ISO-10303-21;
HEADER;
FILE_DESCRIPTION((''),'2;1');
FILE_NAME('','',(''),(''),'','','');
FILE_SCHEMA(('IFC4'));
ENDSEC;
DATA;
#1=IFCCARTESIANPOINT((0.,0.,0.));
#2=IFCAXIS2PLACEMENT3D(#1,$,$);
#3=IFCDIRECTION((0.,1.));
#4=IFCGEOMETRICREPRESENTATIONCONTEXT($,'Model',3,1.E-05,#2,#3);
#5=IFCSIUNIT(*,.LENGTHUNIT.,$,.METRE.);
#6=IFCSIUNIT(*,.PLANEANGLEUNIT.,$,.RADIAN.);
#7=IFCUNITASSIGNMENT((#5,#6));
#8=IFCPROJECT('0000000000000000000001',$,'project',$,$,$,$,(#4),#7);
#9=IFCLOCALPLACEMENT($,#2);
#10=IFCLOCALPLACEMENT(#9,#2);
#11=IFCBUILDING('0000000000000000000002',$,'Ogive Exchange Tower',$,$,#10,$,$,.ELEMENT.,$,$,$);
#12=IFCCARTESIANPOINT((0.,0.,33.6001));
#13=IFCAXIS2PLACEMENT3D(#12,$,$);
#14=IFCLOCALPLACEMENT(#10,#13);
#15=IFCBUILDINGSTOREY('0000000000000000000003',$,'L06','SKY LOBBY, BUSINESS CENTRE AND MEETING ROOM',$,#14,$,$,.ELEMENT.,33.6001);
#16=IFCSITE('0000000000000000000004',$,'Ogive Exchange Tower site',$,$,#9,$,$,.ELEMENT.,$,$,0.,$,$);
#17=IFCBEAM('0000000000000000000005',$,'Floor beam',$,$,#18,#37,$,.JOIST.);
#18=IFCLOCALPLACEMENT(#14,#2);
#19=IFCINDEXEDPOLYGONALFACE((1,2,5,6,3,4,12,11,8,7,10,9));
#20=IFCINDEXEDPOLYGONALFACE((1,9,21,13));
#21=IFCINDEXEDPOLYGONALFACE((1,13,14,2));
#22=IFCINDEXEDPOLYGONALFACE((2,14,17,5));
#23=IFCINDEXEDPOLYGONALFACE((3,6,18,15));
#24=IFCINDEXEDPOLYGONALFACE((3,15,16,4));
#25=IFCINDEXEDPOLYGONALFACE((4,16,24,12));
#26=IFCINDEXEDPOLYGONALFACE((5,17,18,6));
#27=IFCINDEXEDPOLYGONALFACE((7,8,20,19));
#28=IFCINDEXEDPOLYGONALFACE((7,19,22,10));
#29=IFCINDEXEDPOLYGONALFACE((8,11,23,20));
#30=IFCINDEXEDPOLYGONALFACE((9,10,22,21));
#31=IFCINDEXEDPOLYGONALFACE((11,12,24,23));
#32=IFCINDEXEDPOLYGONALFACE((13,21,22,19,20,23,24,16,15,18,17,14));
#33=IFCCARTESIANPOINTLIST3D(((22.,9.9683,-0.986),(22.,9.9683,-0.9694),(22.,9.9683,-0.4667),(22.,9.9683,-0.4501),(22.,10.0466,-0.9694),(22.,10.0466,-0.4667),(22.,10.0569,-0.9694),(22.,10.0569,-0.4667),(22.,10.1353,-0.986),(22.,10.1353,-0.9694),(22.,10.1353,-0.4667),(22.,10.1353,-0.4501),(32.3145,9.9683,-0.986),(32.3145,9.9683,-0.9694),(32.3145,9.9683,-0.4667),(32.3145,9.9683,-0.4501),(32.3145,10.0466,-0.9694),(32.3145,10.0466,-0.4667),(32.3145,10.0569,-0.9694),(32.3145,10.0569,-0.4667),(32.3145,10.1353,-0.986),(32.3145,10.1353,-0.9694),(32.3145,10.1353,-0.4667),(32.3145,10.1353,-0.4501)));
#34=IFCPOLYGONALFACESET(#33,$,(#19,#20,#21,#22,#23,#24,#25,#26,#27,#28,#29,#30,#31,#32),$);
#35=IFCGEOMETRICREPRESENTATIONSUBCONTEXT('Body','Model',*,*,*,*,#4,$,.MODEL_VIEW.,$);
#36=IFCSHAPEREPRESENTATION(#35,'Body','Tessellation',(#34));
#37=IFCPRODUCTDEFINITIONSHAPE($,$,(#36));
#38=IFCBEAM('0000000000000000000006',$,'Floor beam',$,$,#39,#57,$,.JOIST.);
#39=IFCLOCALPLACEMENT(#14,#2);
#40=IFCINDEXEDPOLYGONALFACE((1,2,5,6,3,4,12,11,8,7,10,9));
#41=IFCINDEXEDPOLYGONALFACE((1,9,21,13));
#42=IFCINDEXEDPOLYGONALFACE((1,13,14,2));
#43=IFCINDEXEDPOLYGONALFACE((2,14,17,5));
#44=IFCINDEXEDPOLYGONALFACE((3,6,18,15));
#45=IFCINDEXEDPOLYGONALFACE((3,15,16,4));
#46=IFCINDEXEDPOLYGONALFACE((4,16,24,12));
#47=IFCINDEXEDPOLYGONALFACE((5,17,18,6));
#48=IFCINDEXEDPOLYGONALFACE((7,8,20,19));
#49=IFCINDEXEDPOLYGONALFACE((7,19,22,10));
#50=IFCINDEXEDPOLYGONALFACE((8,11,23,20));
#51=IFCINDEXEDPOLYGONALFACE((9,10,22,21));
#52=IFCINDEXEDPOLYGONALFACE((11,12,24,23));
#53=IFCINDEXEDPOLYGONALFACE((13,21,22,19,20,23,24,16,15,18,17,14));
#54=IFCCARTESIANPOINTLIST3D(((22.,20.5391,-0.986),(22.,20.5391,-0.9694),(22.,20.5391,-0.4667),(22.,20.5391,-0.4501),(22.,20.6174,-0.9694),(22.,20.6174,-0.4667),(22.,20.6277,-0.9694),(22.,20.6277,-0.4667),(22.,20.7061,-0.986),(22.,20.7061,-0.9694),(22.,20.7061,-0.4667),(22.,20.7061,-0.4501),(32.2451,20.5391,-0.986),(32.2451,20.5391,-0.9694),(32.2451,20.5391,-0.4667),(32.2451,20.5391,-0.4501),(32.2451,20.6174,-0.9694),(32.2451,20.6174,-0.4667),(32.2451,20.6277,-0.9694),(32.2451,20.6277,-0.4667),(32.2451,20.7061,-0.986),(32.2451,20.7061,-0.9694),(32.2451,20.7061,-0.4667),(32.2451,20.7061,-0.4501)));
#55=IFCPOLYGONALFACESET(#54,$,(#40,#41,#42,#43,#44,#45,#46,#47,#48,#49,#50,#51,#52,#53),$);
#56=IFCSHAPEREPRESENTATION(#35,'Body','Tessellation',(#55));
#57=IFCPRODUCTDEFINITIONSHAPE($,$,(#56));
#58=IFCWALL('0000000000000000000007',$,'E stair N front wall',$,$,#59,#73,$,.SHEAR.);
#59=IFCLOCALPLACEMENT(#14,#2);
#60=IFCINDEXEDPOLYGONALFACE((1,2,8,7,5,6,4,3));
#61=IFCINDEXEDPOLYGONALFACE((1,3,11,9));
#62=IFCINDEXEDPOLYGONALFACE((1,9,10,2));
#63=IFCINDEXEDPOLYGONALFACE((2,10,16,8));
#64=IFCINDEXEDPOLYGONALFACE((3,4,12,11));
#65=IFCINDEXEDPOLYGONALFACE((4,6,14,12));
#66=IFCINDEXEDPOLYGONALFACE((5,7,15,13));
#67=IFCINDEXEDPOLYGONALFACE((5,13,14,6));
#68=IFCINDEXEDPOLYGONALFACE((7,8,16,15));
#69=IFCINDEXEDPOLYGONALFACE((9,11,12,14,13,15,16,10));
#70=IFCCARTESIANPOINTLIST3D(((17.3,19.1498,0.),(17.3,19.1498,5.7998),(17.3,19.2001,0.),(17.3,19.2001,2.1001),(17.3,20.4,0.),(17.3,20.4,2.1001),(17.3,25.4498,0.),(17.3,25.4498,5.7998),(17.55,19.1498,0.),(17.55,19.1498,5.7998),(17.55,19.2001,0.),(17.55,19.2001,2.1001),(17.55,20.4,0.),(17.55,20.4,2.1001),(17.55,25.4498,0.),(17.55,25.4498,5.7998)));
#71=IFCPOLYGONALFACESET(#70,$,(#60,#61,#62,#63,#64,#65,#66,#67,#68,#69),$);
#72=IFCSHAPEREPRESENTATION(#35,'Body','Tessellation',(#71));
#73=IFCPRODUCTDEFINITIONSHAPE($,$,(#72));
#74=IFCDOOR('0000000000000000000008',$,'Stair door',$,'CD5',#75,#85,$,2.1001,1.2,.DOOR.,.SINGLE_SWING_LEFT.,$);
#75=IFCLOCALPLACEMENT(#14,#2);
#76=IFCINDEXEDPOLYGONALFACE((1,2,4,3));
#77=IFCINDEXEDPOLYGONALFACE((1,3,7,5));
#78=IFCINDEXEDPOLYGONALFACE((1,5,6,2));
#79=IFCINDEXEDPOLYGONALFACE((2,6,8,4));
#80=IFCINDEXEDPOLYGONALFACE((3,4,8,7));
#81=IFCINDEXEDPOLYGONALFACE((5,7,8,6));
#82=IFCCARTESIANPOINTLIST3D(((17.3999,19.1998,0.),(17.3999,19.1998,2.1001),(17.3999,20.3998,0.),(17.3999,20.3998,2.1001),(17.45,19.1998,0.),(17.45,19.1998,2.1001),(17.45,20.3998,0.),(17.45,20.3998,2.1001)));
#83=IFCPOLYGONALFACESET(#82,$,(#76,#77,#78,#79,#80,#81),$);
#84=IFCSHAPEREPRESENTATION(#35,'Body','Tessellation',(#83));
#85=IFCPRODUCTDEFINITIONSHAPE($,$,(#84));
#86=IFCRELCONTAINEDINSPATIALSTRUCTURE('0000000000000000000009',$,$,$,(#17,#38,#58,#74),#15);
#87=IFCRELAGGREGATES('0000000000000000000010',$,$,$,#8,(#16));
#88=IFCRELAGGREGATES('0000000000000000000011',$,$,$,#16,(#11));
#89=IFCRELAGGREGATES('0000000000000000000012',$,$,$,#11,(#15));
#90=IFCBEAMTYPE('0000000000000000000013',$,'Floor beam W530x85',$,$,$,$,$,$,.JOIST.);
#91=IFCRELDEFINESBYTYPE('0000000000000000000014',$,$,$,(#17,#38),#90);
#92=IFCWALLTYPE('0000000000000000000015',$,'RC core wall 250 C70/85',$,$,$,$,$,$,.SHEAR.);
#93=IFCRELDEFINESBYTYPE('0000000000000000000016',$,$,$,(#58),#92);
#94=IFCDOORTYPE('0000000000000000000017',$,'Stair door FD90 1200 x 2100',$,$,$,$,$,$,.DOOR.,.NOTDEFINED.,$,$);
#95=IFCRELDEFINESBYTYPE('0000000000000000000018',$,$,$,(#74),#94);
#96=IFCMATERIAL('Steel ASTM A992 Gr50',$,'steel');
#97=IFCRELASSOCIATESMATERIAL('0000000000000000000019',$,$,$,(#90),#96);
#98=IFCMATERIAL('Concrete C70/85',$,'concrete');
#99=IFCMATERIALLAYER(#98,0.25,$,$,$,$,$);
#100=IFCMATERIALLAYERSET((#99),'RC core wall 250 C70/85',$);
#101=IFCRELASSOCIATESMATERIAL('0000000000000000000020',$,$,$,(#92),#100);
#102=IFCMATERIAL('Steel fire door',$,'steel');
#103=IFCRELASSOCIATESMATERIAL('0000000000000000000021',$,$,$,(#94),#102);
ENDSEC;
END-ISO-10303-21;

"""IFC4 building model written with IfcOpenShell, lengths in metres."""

from ifc_helpers import new_model, si_unit, direction, frame, frame_2d, origin, origin_2d, place, context, subcontext, project, spatial, rectangle, i_section, extrude, material, layer, layer_set, material_profile, profile_set, type_object, element, fill, save


model = new_model("IFC4")

# Units and contexts
model_context = context("Model", 3, precision=1e-05, world=origin(), true_north=direction((0.0, 1.0)))
body_context = subcontext(model_context, "Body", "Model", "MODEL_VIEW")
ifc_project = project(units=[si_unit("LENGTHUNIT", "METRE"), si_unit("PLANEANGLEUNIT", "RADIAN")], contexts=[model_context])

# Site, building, storey
site_placement = place(None, origin())
site = spatial("IfcSite", under=ifc_project, at=site_placement, Name="Ogive Exchange Tower site", CompositionType="ELEMENT", RefElevation=0.0)
building_placement = place(site_placement, origin())
building = spatial("IfcBuilding", under=site, at=building_placement, Name="Ogive Exchange Tower", CompositionType="ELEMENT")
storey_placement = place(building_placement, frame((0.0, 0.0, 33.6001)))
storey = spatial("IfcBuildingStorey", under=building, at=storey_placement, Name="L06", Description="SKY LOBBY, BUSINESS CENTRE AND MEETING ROOM", CompositionType="ELEMENT", Elevation=33.6001)

# Beams
ifc_material_1 = material(Name="Steel ASTM A992 Gr50", Category="steel")
ifc_material_profile = material_profile(ifc_material_1, i_section(OverallWidth=0.167, OverallDepth=0.5359, WebThickness=0.0103, FlangeThickness=0.0166, at=origin_2d()), Name="W530x85")
ifc_profile_set = profile_set([ifc_material_profile], Name="Steel ASTM A992 Gr50")
beam_type = type_object("IfcBeamType", Name="Floor beam W530x85", PredefinedType="JOIST", material=ifc_profile_set)
beam_1_placement = place(storey_placement, frame((22.0, 10.0518, -0.718), z_axis=(1.0, 0.0, 0.0), x_axis=(0.0, 1.0, 0.0)))
element("IfcBeam", 1, at=beam_1_placement, inside=storey, type_object=beam_type, Name="Floor beam", PredefinedType="JOIST", context=body_context, shape_type="SweptSolid", body=[
    extrude(i_section(OverallWidth=0.167, OverallDepth=0.5359, WebThickness=0.0103, FlangeThickness=0.0166, at=origin_2d()), origin(), (0.0, 0.0, 1.0), 10.3145),
])
beam_2_placement = place(storey_placement, frame((22.0, 20.6226, -0.718), z_axis=(1.0, 0.0, 0.0), x_axis=(0.0, 1.0, 0.0)))
element("IfcBeam", 2, at=beam_2_placement, inside=storey, type_object=beam_type, Name="Floor beam", PredefinedType="JOIST", context=body_context, shape_type="SweptSolid", body=[
    extrude(i_section(OverallWidth=0.167, OverallDepth=0.5359, WebThickness=0.0103, FlangeThickness=0.0166, at=origin_2d()), origin(), (0.0, 0.0, 1.0), 10.2451),
])

# Wall, opening, door
ifc_material_2 = material(Name="Concrete C70/85", Category="concrete")
ifc_layer_1 = layer(ifc_material_2, 0.25)
ifc_layer_set_1 = layer_set([ifc_layer_1], Name="RC core wall 250 C70/85")
wall_type_1 = type_object("IfcWallType", Name="RC core wall 250 C70/85", PredefinedType="SHEAR", material=ifc_layer_set_1)
wall_1_placement = place(storey_placement, frame((17.425, 19.1499, 0.0), z_axis=(0.0, 0.0, 1.0), x_axis=(0.0, 1.0, 0.0)))
wall_1 = element("IfcWall", 3, at=wall_1_placement, inside=storey, type_object=wall_type_1, Name="E stair N front wall", PredefinedType="SHEAR", context=body_context, shape_type="SweptSolid", body=[
    extrude(rectangle(XDim=6.3, YDim=0.25, at=frame_2d((3.1499, 0.0))), origin(), (0.0, 0.0, 1.0), 5.7998),
])
opening_1_placement = place(wall_1_placement, frame((0.05, 0.0, 0.0)))
opening_1 = element("IfcOpeningElement", 4, at=opening_1_placement, cuts=wall_1, PredefinedType="OPENING", context=body_context, shape_type="SweptSolid", body=[
    extrude(rectangle(XDim=1.2, YDim=2.1001, at=frame_2d((0.6001, 1.05))), frame((0.0, 0.135, 0.0), z_axis=(0.0, -1.0, 0.0), x_axis=(1.0, 0.0, 0.0)), (0.0, 0.0, 1.0), 0.27),
])
ifc_material_3 = material(Name="Steel fire door", Category="steel")
door_type_1 = type_object("IfcDoorType", Name="Stair door FD90 1200 x 2100", OperationType="NOTDEFINED", PredefinedType="DOOR", material=ifc_material_3)
door_1_placement = place(opening_1_placement, frame((1.2, 0.0, 0.0), z_axis=(0.0, 0.0, 1.0), x_axis=(-1.0, 0.0, 0.0)))
door_1 = element("IfcDoor", 5, at=door_1_placement, inside=storey, type_object=door_type_1, Name="Stair door", ObjectType="CD5", OperationType="SINGLE_SWING_LEFT", OverallHeight=2.1001, OverallWidth=1.2, PredefinedType="DOOR", context=body_context, shape_type="SweptSolid", body=[
    extrude(rectangle(XDim=1.2, YDim=2.1001, at=frame_2d((0.6001, 1.05))), frame((0.0, 0.0249, 0.0), z_axis=(0.0, -1.0, 0.0), x_axis=(1.0, 0.0, 0.0)), (0.0, 0.0, 1.0), 0.05),
])
fill(opening_1, door_1)

save(model, "model.ifc")
